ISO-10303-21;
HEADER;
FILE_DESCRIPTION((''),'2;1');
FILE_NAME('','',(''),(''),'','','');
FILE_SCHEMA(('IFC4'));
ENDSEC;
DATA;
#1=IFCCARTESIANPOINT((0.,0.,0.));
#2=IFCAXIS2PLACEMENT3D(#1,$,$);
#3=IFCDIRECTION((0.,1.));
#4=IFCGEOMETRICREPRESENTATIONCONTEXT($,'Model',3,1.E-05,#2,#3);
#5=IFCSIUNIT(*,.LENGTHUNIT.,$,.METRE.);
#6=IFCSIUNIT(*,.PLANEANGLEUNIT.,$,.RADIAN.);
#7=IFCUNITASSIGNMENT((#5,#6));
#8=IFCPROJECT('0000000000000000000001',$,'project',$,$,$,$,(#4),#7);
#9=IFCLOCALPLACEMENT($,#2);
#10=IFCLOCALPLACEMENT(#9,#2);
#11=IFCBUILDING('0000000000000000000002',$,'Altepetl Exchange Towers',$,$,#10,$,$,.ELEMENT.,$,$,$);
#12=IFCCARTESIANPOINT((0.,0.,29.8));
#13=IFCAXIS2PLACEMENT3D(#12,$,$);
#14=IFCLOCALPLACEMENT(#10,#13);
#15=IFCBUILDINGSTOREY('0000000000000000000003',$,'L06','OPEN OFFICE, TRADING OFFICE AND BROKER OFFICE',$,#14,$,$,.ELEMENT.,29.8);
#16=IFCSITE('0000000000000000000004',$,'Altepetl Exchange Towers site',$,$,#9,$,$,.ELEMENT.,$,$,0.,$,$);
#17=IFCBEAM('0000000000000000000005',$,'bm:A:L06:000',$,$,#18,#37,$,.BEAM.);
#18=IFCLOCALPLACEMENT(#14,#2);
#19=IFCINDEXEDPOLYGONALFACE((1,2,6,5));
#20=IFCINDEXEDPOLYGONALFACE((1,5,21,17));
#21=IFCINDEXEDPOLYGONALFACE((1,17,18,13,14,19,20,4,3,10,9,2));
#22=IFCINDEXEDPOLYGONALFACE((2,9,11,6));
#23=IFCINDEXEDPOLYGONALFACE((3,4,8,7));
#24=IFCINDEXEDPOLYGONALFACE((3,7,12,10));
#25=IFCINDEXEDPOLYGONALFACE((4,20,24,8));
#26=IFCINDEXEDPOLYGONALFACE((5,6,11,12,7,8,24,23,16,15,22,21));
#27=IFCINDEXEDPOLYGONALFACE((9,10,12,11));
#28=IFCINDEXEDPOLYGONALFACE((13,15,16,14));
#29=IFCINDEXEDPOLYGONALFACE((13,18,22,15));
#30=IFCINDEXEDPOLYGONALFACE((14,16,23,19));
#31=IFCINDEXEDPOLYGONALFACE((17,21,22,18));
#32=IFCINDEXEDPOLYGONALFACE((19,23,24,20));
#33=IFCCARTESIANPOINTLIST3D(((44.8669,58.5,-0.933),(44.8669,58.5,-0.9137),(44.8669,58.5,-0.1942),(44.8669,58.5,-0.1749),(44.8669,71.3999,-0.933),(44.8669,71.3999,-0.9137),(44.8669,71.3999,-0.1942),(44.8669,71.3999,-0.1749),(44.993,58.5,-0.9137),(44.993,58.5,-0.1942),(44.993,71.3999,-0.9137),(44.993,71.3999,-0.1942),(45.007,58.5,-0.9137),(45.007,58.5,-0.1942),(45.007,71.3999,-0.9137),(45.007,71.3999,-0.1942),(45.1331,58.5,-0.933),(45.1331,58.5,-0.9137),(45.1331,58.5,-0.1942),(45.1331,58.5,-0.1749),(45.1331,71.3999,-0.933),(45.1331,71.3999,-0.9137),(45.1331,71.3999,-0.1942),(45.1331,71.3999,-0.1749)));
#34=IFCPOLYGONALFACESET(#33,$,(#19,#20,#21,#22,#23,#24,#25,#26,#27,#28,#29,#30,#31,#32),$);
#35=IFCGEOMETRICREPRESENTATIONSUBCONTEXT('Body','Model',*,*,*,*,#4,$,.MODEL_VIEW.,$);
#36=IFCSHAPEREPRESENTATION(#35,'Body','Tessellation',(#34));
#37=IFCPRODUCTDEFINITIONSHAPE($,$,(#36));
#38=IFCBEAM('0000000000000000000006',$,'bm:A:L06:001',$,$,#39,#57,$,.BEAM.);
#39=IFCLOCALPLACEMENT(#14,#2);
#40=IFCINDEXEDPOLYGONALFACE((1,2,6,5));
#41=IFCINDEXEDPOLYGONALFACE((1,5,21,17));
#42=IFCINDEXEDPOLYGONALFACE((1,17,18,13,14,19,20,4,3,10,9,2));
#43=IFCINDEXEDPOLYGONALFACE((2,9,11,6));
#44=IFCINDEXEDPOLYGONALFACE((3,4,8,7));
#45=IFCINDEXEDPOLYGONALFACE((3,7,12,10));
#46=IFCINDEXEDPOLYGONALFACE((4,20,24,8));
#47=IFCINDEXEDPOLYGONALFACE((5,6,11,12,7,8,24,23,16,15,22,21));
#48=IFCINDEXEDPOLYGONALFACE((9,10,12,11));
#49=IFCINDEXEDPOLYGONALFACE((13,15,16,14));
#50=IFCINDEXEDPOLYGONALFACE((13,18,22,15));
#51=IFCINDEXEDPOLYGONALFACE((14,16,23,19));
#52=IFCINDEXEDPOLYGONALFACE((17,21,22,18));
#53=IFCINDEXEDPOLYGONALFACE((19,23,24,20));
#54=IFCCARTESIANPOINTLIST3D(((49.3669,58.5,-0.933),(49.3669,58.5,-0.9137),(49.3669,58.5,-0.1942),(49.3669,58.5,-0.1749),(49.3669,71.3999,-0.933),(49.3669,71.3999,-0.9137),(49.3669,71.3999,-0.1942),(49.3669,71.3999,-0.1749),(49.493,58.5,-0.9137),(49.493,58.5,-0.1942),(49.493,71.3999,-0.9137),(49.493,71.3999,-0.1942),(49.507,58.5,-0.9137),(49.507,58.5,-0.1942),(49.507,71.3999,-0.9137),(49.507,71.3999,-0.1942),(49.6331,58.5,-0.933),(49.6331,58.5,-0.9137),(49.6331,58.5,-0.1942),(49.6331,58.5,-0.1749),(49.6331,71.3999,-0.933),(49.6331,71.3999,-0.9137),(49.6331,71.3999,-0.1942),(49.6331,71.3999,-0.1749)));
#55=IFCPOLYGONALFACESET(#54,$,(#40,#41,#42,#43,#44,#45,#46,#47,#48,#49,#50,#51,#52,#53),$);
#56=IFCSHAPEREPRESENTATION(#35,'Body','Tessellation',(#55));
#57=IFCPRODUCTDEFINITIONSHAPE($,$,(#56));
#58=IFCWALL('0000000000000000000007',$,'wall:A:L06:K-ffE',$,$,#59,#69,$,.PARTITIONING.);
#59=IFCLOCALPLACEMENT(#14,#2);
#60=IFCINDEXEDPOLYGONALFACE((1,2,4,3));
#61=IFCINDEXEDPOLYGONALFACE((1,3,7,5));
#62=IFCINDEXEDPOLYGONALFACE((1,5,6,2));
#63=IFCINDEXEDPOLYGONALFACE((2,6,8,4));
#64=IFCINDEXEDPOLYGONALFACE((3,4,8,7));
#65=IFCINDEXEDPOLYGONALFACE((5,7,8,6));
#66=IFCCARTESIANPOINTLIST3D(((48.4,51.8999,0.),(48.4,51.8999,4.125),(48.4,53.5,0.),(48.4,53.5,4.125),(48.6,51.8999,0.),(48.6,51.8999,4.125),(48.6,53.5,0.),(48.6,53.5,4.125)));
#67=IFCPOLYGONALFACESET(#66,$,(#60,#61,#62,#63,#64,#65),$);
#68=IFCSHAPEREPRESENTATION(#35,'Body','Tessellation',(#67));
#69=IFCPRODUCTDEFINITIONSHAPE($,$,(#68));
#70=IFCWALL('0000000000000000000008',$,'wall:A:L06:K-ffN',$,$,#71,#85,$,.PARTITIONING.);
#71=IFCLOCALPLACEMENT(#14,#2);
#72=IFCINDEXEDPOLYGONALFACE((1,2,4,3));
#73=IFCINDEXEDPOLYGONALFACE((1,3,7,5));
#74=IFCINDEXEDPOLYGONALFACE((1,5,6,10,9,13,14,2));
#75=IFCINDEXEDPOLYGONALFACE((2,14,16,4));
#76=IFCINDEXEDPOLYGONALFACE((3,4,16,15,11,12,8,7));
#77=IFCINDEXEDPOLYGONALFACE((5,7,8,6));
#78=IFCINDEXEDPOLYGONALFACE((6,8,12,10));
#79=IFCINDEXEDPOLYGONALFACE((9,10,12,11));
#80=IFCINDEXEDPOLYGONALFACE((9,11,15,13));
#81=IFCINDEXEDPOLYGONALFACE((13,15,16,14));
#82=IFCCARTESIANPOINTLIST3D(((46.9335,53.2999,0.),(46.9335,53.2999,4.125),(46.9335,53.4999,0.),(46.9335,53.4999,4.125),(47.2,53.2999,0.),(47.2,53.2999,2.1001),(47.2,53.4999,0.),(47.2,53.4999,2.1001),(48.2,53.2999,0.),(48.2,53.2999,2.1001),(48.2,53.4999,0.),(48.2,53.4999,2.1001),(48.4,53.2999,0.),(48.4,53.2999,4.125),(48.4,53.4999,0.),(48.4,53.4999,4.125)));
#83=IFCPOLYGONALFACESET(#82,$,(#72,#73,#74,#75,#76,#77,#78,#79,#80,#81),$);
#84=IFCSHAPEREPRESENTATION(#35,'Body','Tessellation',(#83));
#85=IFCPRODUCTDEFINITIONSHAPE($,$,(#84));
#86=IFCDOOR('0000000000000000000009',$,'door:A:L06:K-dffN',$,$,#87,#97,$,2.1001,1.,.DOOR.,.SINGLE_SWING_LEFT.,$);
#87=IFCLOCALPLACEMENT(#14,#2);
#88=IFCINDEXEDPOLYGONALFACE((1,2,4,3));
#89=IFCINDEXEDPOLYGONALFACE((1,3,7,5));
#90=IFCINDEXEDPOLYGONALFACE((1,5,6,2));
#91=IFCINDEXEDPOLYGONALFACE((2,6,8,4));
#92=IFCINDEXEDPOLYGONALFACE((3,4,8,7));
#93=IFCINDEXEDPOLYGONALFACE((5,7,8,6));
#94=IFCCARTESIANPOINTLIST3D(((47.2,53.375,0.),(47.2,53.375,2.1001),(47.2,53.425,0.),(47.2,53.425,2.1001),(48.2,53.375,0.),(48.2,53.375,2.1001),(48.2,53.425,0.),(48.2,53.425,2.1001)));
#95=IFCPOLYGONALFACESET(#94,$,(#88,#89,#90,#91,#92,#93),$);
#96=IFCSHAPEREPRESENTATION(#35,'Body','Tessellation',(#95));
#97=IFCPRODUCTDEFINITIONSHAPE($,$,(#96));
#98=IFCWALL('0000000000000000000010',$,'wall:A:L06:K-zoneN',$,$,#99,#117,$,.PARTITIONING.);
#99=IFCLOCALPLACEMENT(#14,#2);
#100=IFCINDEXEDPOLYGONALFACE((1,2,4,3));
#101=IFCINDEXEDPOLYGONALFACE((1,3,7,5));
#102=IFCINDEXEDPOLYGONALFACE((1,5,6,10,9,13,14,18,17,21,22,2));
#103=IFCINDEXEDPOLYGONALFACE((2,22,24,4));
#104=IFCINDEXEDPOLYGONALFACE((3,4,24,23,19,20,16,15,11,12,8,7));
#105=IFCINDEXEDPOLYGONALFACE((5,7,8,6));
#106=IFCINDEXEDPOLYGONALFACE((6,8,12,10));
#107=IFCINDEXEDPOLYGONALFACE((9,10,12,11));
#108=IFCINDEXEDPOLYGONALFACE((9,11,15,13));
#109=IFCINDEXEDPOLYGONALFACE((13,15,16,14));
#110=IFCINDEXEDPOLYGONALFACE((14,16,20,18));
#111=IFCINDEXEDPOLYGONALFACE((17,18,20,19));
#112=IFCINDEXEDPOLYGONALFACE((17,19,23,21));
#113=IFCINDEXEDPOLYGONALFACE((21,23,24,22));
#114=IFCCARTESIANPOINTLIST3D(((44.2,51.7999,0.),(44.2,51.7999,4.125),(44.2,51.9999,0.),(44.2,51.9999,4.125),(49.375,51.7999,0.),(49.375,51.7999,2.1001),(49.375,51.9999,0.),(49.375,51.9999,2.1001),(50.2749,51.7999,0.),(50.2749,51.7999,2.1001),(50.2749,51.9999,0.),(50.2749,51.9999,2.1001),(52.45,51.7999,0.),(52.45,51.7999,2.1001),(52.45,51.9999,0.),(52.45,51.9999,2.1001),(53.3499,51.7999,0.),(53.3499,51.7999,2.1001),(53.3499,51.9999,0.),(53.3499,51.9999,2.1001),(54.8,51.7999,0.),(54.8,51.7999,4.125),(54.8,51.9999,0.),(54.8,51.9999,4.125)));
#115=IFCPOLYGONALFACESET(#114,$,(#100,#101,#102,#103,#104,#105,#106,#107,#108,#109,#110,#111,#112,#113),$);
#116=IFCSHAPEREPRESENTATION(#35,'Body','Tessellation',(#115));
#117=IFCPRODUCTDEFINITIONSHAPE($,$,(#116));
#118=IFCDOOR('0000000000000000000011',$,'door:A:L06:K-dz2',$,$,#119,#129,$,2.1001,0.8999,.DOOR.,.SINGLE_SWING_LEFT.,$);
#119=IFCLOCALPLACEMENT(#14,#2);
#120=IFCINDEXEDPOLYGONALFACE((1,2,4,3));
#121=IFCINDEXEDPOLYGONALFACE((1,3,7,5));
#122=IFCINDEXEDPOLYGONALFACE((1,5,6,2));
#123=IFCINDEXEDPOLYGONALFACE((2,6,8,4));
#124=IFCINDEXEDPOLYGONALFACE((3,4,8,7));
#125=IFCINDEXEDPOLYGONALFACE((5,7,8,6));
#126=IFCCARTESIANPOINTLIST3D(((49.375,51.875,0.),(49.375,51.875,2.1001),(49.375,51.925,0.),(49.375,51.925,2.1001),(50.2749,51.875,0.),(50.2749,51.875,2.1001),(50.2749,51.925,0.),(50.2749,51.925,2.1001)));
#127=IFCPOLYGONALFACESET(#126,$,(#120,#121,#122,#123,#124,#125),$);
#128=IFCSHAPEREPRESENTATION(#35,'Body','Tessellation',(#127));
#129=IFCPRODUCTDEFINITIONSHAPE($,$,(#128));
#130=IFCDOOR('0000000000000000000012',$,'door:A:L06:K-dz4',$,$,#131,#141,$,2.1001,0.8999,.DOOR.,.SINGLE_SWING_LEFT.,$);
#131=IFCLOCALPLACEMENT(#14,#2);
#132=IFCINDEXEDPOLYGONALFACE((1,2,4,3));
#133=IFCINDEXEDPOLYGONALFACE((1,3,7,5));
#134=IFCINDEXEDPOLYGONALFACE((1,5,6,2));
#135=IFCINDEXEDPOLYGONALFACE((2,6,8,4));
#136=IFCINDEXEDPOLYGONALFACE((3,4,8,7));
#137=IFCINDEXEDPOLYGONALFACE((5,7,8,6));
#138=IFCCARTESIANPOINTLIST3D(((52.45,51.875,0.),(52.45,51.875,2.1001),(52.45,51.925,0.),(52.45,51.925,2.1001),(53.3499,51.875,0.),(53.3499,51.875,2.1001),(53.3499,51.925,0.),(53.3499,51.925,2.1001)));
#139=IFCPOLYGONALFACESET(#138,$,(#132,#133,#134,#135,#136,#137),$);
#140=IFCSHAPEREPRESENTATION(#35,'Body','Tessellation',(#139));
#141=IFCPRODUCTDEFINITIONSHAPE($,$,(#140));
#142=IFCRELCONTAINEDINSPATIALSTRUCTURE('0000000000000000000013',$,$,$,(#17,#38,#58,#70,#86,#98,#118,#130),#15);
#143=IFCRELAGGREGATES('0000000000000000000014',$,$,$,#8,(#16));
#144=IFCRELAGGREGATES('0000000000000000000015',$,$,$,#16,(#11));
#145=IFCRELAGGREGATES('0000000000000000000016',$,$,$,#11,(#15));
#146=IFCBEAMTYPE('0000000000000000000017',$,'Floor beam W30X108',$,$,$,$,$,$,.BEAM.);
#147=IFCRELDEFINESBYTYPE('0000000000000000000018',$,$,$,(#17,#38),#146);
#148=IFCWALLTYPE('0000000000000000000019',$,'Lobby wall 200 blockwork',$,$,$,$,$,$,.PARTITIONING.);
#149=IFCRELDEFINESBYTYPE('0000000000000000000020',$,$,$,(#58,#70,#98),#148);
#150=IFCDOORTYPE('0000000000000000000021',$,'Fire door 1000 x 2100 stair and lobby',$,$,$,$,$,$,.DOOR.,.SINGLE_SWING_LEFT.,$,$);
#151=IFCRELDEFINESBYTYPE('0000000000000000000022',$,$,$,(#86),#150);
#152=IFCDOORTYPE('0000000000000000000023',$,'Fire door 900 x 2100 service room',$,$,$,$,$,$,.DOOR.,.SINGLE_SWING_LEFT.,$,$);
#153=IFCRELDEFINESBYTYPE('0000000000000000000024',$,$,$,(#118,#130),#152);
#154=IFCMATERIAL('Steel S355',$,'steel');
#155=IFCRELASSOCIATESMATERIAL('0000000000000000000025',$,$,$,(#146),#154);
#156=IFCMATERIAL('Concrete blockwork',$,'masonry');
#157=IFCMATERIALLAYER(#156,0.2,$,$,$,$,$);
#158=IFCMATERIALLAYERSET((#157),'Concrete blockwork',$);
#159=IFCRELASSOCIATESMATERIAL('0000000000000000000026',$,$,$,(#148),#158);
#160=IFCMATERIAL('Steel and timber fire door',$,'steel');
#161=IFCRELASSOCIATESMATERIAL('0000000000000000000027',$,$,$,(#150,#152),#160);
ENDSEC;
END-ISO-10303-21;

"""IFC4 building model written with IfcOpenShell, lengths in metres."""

from ifc_helpers import new_model, si_unit, direction, frame, frame_2d, origin, origin_2d, place, context, subcontext, project, spatial, rectangle, i_section, extrude, material, layer, layer_set, material_profile, profile_set, type_object, element, fill, save


model = new_model("IFC4")

# Units and contexts
model_context = context("Model", 3, precision=1e-05, world=origin(), true_north=direction((0.0, 1.0)))
body_context = subcontext(model_context, "Body", "Model", "MODEL_VIEW")
ifc_project = project(units=[si_unit("LENGTHUNIT", "METRE"), si_unit("PLANEANGLEUNIT", "RADIAN")], contexts=[model_context])

# Site, building, storey
site_placement = place(None, origin())
site = spatial("IfcSite", under=ifc_project, at=site_placement, Name="Altepetl Exchange Towers site", CompositionType="ELEMENT", RefElevation=0.0)
building_placement = place(site_placement, origin())
building = spatial("IfcBuilding", under=site, at=building_placement, Name="Altepetl Exchange Towers", CompositionType="ELEMENT")
storey_placement = place(building_placement, frame((0.0, 0.0, 29.8)))
storey = spatial("IfcBuildingStorey", under=building, at=storey_placement, Name="L06", Description="OPEN OFFICE, TRADING OFFICE AND BROKER OFFICE", CompositionType="ELEMENT", Elevation=29.8)

# Beams
ifc_material_1 = material(Name="Steel S355", Category="steel")
ifc_material_profile = material_profile(ifc_material_1, i_section(OverallWidth=0.2661, OverallDepth=0.7581, WebThickness=0.0139, FlangeThickness=0.0193, at=origin_2d()), Name="W30X108")
ifc_profile_set = profile_set([ifc_material_profile], Name="Steel S355")
beam_type = type_object("IfcBeamType", Name="Floor beam W30X108", PredefinedType="BEAM", material=ifc_profile_set)
for number, where, z_axis, x_axis, name in (
    (1, (45.0, 58.5, -0.554), (0.0, 1.0, 0.0), (-1.0, 0.0, 0.0), "bm:A:L06:000"),
    (2, (49.5, 58.5, -0.554), (0.0, 1.0, 0.0), (-1.0, 0.0, 0.0), "bm:A:L06:001"),
):
    element("IfcBeam", number, at=place(storey_placement, frame(where, z_axis=z_axis, x_axis=x_axis)), inside=storey, type_object=beam_type, Name=name, PredefinedType="BEAM", context=body_context, shape_type="SweptSolid", body=[
        extrude(i_section(OverallWidth=0.2661, OverallDepth=0.7581, WebThickness=0.0139, FlangeThickness=0.0193, at=origin_2d()), origin(), (0.0, 0.0, 1.0), 12.8999),
    ])

# Wall
ifc_material_2 = material(Name="Concrete blockwork", Category="masonry")
ifc_layer_1 = layer(ifc_material_2, 0.2)
ifc_layer_set_1 = layer_set([ifc_layer_1], Name="Concrete blockwork")
wall_type_1 = type_object("IfcWallType", Name="Lobby wall 200 blockwork", PredefinedType="PARTITIONING", material=ifc_layer_set_1)
wall_1_placement = place(storey_placement, frame((48.5, 51.8999, 0.0), z_axis=(0.0, 0.0, 1.0), x_axis=(0.0, 1.0, 0.0)))
element("IfcWall", 3, at=wall_1_placement, inside=storey, type_object=wall_type_1, Name="wall:A:L06:K-ffE", PredefinedType="PARTITIONING", context=body_context, shape_type="SweptSolid", body=[
    extrude(rectangle(XDim=1.6001, YDim=0.2, at=frame_2d((0.8, 0.0))), origin(), (0.0, 0.0, 1.0), 4.125),
])

# Wall, opening, door
wall_2_placement = place(storey_placement, frame((46.9333, 53.3999, 0.0)))
wall_2 = element("IfcWall", 4, at=wall_2_placement, inside=storey, type_object=wall_type_1, Name="wall:A:L06:K-ffN", PredefinedType="PARTITIONING", context=body_context, shape_type="SweptSolid", body=[
    extrude(rectangle(XDim=1.4666, YDim=0.2, at=frame_2d((0.7334, 0.0))), origin(), (0.0, 0.0, 1.0), 4.125),
])
opening_1_placement = place(wall_2_placement, frame((0.2666, 0.0, 0.0)))
opening_1 = element("IfcOpeningElement", 5, at=opening_1_placement, cuts=wall_2, PredefinedType="OPENING", context=body_context, shape_type="SweptSolid", body=[
    extrude(rectangle(XDim=1.0, YDim=2.1001, at=frame_2d((0.5, 1.05))), frame((0.0, 0.1099, 0.0), z_axis=(0.0, -1.0, 0.0), x_axis=(1.0, 0.0, 0.0)), (0.0, 0.0, 1.0), 0.22),
])
ifc_material_3 = material(Name="Steel and timber fire door", Category="steel")
door_type_1 = type_object("IfcDoorType", Name="Fire door 1000 x 2100 stair and lobby", OperationType="SINGLE_SWING_LEFT", PredefinedType="DOOR", material=ifc_material_3)
door_1_placement = place(opening_1_placement, frame((1.0, 0.0, 0.0), x_axis=(-1.0, 0.0, 0.0)))
door_1 = element("IfcDoor", 6, at=door_1_placement, inside=storey, type_object=door_type_1, Name="door:A:L06:K-dffN", OperationType="SINGLE_SWING_LEFT", OverallHeight=2.1001, OverallWidth=1.0, PredefinedType="DOOR", context=body_context, shape_type="SweptSolid", body=[
    extrude(rectangle(XDim=1.0, YDim=2.1001, at=frame_2d((0.5, 1.05))), frame((0.0, 0.0249, 0.0), z_axis=(0.0, -1.0, 0.0), x_axis=(1.0, 0.0, 0.0)), (0.0, 0.0, 1.0), 0.05),
])
fill(opening_1, door_1)

# Wall, openings, doors
wall_3_placement = place(storey_placement, frame((44.2, 51.8999, 0.0)))
wall_3 = element("IfcWall", 7, at=wall_3_placement, inside=storey, type_object=wall_type_1, Name="wall:A:L06:K-zoneN", PredefinedType="PARTITIONING", context=body_context, shape_type="SweptSolid", body=[
    extrude(rectangle(XDim=10.6001, YDim=0.2, at=frame_2d((5.3, 0.0))), origin(), (0.0, 0.0, 1.0), 4.125),
])
opening_2_placement = place(wall_3_placement, frame((5.175, 0.0, 0.0)))
opening_2 = element("IfcOpeningElement", 8, at=opening_2_placement, cuts=wall_3, PredefinedType="OPENING", context=body_context, shape_type="SweptSolid", body=[
    extrude(rectangle(XDim=0.8999, YDim=2.1001, at=frame_2d((0.45, 1.05))), frame((0.0, 0.1099, 0.0), z_axis=(0.0, -1.0, 0.0), x_axis=(1.0, 0.0, 0.0)), (0.0, 0.0, 1.0), 0.22),
])
opening_3_placement = place(wall_3_placement, frame((8.25, 0.0, 0.0)))
opening_3 = element("IfcOpeningElement", 9, at=opening_3_placement, cuts=wall_3, PredefinedType="OPENING", context=body_context, shape_type="SweptSolid", body=[
    extrude(rectangle(XDim=0.8999, YDim=2.1001, at=frame_2d((0.45, 1.05))), frame((0.0, 0.1099, 0.0), z_axis=(0.0, -1.0, 0.0), x_axis=(1.0, 0.0, 0.0)), (0.0, 0.0, 1.0), 0.22),
])
door_type_2 = type_object("IfcDoorType", Name="Fire door 900 x 2100 service room", OperationType="SINGLE_SWING_LEFT", PredefinedType="DOOR", material=ifc_material_3)
door_2_placement = place(opening_2_placement, frame((0.8999, 0.0, 0.0), x_axis=(-1.0, 0.0, 0.0)))
door_2 = element("IfcDoor", 10, at=door_2_placement, inside=storey, type_object=door_type_2, Name="door:A:L06:K-dz2", OperationType="SINGLE_SWING_LEFT", OverallHeight=2.1001, OverallWidth=0.8999, PredefinedType="DOOR", context=body_context, shape_type="SweptSolid", body=[
    extrude(rectangle(XDim=0.8999, YDim=2.1001, at=frame_2d((0.45, 1.05))), frame((0.0, 0.0249, 0.0), z_axis=(0.0, -1.0, 0.0), x_axis=(1.0, 0.0, 0.0)), (0.0, 0.0, 1.0), 0.05),
])
fill(opening_2, door_2)
door_3_placement = place(opening_3_placement, frame((0.8999, 0.0, 0.0), x_axis=(-1.0, 0.0, 0.0)))
door_3 = element("IfcDoor", 11, at=door_3_placement, inside=storey, type_object=door_type_2, Name="door:A:L06:K-dz4", OperationType="SINGLE_SWING_LEFT", OverallHeight=2.1001, OverallWidth=0.8999, PredefinedType="DOOR", context=body_context, shape_type="SweptSolid", body=[
    extrude(rectangle(XDim=0.8999, YDim=2.1001, at=frame_2d((0.45, 1.05))), frame((0.0, 0.0249, 0.0), z_axis=(0.0, -1.0, 0.0), x_axis=(1.0, 0.0, 0.0)), (0.0, 0.0, 1.0), 0.05),
])
fill(opening_3, door_3)

save(model, "model.ifc")
